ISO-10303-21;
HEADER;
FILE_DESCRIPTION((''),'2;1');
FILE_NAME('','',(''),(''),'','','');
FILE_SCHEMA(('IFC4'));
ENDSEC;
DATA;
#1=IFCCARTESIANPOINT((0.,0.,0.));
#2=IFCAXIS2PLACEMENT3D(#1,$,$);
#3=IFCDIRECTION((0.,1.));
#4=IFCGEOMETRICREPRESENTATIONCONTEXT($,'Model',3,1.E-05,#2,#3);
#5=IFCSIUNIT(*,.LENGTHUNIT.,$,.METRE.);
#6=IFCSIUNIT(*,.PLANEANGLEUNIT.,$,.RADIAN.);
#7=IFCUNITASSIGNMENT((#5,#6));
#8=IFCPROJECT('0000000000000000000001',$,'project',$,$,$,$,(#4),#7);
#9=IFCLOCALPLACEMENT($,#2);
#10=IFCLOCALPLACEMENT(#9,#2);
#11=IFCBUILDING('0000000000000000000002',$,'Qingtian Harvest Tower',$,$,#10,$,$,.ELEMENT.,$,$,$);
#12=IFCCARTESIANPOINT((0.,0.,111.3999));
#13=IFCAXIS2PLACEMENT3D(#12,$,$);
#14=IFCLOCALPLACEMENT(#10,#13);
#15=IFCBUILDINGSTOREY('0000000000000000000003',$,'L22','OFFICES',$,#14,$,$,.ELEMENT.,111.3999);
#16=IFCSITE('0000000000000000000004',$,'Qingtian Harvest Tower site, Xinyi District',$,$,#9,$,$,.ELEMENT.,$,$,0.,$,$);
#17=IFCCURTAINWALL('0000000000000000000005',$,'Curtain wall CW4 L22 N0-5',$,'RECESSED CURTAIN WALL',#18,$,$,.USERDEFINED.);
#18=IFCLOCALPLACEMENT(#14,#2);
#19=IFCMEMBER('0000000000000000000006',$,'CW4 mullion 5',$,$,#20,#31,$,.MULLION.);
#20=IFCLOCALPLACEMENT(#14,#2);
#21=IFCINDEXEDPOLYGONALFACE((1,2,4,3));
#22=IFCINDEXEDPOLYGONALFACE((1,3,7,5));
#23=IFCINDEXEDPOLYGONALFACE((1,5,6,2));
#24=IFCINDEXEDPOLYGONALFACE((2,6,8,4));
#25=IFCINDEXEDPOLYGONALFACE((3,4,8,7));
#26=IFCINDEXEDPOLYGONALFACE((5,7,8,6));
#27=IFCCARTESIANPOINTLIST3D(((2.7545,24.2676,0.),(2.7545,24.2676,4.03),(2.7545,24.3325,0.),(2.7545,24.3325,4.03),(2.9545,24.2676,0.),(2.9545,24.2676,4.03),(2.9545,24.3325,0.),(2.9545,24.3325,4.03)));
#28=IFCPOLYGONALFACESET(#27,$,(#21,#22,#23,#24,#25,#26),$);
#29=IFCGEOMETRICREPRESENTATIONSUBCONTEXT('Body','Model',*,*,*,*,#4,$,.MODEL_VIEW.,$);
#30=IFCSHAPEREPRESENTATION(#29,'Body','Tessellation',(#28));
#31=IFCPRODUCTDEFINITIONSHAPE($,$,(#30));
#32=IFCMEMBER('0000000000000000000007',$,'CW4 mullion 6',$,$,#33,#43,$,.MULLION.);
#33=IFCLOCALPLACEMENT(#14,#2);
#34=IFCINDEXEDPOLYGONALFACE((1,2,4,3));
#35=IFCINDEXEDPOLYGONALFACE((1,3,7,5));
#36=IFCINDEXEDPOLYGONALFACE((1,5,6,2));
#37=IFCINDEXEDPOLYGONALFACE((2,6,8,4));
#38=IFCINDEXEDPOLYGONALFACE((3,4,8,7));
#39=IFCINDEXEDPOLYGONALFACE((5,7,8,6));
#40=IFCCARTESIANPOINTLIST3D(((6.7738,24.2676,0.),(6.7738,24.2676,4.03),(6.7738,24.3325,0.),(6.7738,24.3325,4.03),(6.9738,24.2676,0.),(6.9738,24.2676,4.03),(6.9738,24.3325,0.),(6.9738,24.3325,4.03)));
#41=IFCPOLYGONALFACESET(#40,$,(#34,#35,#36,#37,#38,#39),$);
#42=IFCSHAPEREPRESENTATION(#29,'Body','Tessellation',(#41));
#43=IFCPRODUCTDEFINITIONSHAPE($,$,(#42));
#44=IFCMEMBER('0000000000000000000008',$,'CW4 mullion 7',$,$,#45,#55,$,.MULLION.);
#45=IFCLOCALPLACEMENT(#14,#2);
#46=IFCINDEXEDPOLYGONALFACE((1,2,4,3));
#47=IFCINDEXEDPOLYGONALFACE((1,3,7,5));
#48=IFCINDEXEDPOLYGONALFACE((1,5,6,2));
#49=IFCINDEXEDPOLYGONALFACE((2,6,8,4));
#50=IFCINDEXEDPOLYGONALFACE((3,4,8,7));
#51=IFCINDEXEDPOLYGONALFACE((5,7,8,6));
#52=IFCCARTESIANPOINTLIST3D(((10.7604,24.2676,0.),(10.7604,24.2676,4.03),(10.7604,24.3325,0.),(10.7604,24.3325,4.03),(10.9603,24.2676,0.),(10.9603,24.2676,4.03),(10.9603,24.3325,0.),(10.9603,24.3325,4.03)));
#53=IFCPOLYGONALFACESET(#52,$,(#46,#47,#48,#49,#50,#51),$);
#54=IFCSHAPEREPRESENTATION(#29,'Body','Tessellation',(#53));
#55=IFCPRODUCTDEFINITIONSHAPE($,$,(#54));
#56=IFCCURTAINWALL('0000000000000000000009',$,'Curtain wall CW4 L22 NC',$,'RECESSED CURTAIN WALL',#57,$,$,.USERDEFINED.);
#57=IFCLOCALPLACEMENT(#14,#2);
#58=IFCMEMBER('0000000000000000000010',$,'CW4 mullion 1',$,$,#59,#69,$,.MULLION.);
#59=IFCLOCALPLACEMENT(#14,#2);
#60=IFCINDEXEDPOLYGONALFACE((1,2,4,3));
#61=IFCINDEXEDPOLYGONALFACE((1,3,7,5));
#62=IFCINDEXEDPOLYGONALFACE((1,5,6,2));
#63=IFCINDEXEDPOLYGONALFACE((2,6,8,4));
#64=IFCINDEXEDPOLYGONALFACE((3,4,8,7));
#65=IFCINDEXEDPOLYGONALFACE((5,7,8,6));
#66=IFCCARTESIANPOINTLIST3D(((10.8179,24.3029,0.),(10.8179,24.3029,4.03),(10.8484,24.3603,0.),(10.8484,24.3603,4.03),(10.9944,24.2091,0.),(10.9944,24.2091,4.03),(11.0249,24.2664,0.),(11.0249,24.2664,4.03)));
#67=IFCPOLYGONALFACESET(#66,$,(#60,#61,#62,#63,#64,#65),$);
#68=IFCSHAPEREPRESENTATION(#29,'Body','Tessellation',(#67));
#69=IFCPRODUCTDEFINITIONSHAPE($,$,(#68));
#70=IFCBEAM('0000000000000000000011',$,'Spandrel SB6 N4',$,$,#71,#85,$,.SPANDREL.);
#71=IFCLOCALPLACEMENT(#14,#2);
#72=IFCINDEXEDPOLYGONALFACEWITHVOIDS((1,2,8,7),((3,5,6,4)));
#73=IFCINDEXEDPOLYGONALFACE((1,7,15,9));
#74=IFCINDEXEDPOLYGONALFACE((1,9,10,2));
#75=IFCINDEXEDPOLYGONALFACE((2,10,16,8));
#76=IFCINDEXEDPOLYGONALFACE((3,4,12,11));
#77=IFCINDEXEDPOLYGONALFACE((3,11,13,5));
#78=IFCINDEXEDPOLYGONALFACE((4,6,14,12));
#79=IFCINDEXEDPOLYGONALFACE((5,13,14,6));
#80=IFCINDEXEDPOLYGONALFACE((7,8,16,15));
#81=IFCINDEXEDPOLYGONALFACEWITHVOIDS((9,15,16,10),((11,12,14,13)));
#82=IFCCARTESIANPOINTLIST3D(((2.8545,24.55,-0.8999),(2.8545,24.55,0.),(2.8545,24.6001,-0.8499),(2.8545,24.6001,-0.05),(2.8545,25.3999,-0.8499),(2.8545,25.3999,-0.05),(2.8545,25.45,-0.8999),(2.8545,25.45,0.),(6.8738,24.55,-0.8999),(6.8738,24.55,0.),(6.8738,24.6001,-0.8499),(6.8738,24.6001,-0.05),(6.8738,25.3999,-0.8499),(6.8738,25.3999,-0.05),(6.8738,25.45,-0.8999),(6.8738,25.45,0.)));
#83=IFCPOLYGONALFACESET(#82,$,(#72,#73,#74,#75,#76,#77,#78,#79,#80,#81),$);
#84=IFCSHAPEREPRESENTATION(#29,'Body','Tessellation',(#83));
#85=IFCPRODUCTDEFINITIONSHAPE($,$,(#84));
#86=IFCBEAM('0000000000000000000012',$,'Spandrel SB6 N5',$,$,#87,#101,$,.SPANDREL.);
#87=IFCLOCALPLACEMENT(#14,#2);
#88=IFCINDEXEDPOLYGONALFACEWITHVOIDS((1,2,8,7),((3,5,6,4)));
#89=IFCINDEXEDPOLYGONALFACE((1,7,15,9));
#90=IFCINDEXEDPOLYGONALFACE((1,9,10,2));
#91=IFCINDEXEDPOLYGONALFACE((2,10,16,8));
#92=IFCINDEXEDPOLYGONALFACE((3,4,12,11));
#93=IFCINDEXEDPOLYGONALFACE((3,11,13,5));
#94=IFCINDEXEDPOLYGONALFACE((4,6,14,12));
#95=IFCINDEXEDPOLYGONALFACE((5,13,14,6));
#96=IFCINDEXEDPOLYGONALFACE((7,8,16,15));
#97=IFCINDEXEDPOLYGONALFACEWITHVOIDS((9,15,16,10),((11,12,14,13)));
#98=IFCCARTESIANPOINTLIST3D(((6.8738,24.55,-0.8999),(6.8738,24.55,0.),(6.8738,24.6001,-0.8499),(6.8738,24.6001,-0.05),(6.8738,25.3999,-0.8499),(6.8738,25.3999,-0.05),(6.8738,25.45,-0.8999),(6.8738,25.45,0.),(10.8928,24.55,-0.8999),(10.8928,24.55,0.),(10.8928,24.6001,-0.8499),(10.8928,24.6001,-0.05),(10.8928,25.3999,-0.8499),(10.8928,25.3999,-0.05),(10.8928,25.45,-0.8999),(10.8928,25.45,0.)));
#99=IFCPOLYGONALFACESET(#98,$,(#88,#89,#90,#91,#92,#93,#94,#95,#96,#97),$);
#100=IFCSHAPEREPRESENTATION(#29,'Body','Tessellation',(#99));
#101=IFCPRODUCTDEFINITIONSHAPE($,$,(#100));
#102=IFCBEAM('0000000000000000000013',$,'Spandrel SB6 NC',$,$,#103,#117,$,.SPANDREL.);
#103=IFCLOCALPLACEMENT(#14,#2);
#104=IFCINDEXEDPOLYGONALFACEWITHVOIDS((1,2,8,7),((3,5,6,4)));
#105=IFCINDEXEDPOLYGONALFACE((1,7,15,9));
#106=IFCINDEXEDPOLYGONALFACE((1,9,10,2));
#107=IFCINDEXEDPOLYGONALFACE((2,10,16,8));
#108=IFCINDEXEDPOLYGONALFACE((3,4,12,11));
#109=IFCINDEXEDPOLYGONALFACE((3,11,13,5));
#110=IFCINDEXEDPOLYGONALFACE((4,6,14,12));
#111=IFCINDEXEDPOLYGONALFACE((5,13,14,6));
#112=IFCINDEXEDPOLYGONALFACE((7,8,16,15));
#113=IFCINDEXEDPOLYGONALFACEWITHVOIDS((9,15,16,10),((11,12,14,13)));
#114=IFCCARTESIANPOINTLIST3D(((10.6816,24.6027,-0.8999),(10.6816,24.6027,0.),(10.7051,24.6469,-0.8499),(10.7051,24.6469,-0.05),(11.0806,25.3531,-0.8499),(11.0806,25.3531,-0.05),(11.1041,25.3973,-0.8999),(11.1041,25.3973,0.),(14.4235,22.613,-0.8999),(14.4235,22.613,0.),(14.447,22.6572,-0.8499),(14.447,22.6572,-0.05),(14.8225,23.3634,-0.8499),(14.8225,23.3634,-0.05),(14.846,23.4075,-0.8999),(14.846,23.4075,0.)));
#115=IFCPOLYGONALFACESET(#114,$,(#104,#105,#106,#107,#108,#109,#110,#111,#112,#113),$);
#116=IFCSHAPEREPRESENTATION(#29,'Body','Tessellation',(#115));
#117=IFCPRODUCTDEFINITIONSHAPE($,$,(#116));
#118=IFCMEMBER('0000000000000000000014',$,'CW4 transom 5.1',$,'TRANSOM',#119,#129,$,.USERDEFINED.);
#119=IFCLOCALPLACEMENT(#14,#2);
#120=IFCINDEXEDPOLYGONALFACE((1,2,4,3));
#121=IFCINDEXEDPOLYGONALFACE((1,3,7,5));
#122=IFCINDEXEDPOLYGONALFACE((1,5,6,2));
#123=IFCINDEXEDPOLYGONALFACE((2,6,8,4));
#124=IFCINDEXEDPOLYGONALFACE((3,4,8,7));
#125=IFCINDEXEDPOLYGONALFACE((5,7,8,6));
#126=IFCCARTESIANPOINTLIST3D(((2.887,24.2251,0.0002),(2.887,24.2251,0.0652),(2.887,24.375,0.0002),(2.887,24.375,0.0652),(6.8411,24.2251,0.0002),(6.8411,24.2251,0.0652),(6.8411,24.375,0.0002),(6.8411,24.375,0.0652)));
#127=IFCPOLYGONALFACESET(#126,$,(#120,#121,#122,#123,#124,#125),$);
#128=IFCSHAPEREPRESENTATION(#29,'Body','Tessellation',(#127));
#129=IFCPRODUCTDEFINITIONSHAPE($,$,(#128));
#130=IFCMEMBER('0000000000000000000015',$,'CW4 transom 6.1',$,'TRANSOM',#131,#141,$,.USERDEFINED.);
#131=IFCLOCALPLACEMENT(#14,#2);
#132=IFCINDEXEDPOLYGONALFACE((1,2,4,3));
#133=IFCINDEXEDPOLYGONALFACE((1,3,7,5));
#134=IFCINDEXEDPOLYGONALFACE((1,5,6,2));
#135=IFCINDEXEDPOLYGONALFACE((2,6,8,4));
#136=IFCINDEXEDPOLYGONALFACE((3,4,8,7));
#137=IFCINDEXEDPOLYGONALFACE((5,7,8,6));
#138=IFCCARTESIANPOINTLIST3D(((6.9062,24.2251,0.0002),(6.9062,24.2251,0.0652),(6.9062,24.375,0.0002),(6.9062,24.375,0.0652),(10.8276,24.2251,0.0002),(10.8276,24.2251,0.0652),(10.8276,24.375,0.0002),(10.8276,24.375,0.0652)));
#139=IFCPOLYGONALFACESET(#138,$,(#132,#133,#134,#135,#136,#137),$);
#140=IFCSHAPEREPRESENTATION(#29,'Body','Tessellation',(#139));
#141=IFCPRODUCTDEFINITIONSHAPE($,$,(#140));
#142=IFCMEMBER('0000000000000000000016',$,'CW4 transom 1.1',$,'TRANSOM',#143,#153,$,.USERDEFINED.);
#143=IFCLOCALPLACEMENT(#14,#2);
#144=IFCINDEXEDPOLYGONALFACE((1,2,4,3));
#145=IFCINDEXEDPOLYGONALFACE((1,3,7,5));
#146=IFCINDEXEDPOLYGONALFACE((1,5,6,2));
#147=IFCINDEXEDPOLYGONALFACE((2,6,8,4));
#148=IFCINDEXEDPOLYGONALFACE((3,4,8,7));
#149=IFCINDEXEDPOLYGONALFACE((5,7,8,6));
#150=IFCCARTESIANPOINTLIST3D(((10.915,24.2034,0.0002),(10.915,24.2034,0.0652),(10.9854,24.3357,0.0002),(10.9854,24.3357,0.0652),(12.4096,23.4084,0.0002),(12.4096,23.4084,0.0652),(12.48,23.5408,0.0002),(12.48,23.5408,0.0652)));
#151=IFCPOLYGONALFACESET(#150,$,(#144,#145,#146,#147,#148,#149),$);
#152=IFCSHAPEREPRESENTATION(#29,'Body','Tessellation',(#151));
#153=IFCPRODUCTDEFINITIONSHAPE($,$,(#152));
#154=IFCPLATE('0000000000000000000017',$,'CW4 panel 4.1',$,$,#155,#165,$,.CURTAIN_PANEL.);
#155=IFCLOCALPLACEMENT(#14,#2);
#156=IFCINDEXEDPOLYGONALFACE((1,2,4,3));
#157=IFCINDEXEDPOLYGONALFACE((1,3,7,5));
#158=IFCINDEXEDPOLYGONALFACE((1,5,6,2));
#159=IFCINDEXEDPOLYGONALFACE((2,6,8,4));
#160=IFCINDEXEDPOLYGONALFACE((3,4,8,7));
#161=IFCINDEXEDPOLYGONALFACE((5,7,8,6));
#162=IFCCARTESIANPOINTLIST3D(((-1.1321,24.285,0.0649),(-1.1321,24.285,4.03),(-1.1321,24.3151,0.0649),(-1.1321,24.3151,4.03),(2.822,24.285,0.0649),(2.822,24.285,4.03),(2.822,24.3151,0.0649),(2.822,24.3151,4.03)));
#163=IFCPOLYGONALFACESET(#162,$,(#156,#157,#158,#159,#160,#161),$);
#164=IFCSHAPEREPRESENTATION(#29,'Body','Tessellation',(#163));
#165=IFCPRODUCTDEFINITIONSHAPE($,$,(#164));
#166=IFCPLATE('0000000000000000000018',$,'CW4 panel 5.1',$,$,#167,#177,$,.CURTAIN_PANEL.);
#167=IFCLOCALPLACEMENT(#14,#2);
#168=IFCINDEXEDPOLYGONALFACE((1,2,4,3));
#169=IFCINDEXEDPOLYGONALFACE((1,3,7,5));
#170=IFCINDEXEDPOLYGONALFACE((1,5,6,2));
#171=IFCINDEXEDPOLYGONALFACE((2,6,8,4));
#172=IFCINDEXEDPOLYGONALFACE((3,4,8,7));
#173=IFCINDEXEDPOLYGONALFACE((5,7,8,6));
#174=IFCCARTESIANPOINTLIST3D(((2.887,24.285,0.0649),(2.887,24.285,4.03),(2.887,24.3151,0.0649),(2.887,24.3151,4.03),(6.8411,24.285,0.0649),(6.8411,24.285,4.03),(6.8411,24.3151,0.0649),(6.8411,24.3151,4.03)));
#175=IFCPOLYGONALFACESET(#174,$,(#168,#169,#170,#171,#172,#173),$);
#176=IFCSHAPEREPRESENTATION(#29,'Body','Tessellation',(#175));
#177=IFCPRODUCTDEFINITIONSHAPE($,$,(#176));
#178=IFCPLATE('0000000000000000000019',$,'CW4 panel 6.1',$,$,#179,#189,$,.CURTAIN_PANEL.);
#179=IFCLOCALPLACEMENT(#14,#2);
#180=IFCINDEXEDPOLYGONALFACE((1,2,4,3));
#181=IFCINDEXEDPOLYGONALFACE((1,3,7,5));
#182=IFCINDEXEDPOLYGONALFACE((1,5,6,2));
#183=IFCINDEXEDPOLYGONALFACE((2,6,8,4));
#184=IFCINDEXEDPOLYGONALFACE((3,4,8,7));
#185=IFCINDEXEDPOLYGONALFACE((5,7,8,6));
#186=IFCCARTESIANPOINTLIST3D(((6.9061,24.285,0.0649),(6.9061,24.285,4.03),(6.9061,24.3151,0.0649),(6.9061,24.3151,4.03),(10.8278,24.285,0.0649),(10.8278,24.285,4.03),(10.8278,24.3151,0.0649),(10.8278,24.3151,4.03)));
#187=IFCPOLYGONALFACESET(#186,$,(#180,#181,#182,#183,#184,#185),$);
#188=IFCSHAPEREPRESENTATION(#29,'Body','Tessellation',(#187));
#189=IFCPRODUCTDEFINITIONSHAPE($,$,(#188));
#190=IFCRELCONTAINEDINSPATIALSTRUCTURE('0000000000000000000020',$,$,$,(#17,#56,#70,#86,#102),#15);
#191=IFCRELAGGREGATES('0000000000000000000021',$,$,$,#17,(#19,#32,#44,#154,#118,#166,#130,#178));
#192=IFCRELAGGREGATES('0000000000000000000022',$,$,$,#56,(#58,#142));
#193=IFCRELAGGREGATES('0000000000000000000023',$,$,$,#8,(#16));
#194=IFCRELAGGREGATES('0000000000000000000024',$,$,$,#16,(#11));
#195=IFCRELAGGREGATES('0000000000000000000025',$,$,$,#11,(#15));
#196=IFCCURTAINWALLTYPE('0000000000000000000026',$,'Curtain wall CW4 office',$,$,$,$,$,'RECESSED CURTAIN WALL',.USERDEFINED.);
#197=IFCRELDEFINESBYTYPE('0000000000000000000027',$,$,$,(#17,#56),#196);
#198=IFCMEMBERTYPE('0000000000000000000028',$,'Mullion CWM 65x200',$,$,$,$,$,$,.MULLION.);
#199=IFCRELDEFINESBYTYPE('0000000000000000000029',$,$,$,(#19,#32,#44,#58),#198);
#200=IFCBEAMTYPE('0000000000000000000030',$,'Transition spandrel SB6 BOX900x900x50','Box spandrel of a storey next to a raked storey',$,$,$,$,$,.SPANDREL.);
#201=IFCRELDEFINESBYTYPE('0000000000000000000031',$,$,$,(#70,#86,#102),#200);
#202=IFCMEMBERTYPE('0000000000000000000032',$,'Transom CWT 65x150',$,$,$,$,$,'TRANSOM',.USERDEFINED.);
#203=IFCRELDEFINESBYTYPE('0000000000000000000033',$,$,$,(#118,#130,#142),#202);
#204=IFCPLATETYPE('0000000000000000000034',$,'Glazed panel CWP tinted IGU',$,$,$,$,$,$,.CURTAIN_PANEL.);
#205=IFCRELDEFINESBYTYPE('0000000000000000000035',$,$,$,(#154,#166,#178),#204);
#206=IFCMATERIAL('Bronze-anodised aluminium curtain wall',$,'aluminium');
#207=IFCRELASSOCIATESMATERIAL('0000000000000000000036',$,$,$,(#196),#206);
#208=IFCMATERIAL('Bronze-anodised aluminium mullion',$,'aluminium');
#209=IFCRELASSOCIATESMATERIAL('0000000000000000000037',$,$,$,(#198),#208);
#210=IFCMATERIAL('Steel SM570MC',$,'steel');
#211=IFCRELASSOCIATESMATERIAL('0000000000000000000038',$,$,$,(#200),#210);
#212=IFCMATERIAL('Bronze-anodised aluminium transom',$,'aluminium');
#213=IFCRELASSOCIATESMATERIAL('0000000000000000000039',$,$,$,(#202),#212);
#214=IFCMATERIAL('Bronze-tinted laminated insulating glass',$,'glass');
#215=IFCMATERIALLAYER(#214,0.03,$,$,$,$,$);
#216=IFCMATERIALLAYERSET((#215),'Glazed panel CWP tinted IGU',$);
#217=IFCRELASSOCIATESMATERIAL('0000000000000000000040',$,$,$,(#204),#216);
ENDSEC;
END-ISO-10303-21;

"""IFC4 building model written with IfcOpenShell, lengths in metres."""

from ifc_helpers import new_model, si_unit, direction, frame, origin, origin_2d, place, context, subcontext, project, spatial, rectangle, hollow_rectangle, extrude, material, layer, layer_set, material_profile, profile_set, type_object, element, aggregate, save


model = new_model("IFC4")

# Units and contexts
model_context = context("Model", 3, precision=1e-05, world=origin(), true_north=direction((0.0, 1.0)))
body_context = subcontext(model_context, "Body", "Model", "MODEL_VIEW")
ifc_project = project(units=[si_unit("LENGTHUNIT", "METRE"), si_unit("PLANEANGLEUNIT", "RADIAN")], contexts=[model_context])

# Site, building, storey
site_placement = place(None, origin())
site = spatial("IfcSite", under=ifc_project, at=site_placement, Name="Qingtian Harvest Tower site, Xinyi District", CompositionType="ELEMENT", RefElevation=0.0)
building_placement = place(site_placement, origin())
building = spatial("IfcBuilding", under=site, at=building_placement, Name="Qingtian Harvest Tower", CompositionType="ELEMENT")
storey_placement = place(building_placement, frame((0.0, 0.0, 111.3999)))
storey = spatial("IfcBuildingStorey", under=building, at=storey_placement, Name="L22", Description="OFFICES", CompositionType="ELEMENT", Elevation=111.3999)

# Curtain wall, members
ifc_material_1 = material(Name="Bronze-anodised aluminium curtain wall", Category="aluminium")
curtain_wall_type = type_object("IfcCurtainWallType", Name="Curtain wall CW4 office", ElementType="RECESSED CURTAIN WALL", PredefinedType="USERDEFINED", material=ifc_material_1)
curtain_wall_1_placement = place(storey_placement, origin())
curtain_wall_1 = element("IfcCurtainWall", 1, at=curtain_wall_1_placement, inside=storey, type_object=curtain_wall_type, Name="Curtain wall CW4 L22 N0-5", ObjectType="RECESSED CURTAIN WALL", PredefinedType="USERDEFINED")
ifc_material_2 = material(Name="Bronze-anodised aluminium mullion", Category="aluminium")
ifc_material_profile_1 = material_profile(ifc_material_2, rectangle(XDim=0.0649, YDim=0.2, at=origin_2d()), Name="AL 65x200")
ifc_profile_set_1 = profile_set([ifc_material_profile_1], Name="Bronze-anodised aluminium mullion")
member_type_1 = type_object("IfcMemberType", Name="Mullion CWM 65x200", PredefinedType="MULLION", material=ifc_profile_set_1)
member_1_placement = place(storey_placement, frame((2.8545, 24.3, 0.0), z_axis=(0.0, 0.0, 1.0), x_axis=(0.0, 1.0, 0.0)))
member_1 = element("IfcMember", 2, at=member_1_placement, type_object=member_type_1, Name="CW4 mullion 5", PredefinedType="MULLION", context=body_context, shape_type="SweptSolid", body=[
    extrude(rectangle(XDim=0.0649, YDim=0.2, at=origin_2d()), origin(), (0.0, 0.0, 1.0), 4.03),
])
member_2_placement = place(storey_placement, frame((6.8738, 24.3, 0.0), z_axis=(0.0, 0.0, 1.0), x_axis=(0.0, 1.0, 0.0)))
member_2 = element("IfcMember", 3, at=member_2_placement, type_object=member_type_1, Name="CW4 mullion 6", PredefinedType="MULLION", context=body_context, shape_type="SweptSolid", body=[
    extrude(rectangle(XDim=0.0649, YDim=0.2, at=origin_2d()), origin(), (0.0, 0.0, 1.0), 4.03),
])
member_3_placement = place(storey_placement, frame((10.8604, 24.3, 0.0), z_axis=(0.0, 0.0, 1.0), x_axis=(0.0, 1.0, 0.0)))
member_3 = element("IfcMember", 4, at=member_3_placement, type_object=member_type_1, Name="CW4 mullion 7", PredefinedType="MULLION", context=body_context, shape_type="SweptSolid", body=[
    extrude(rectangle(XDim=0.0649, YDim=0.2, at=origin_2d()), origin(), (0.0, 0.0, 1.0), 4.03),
])

# Curtain wall, member
curtain_wall_2_placement = place(storey_placement, origin())
curtain_wall_2 = element("IfcCurtainWall", 5, at=curtain_wall_2_placement, inside=storey, type_object=curtain_wall_type, Name="Curtain wall CW4 L22 NC", ObjectType="RECESSED CURTAIN WALL", PredefinedType="USERDEFINED")
member_4_placement = place(storey_placement, frame((10.9214, 24.2847, 0.0), z_axis=(0.0, 0.0, 1.0), x_axis=(0.469472, 0.882948, 0.0)))
member_4 = element("IfcMember", 6, at=member_4_placement, type_object=member_type_1, Name="CW4 mullion 1", PredefinedType="MULLION", context=body_context, shape_type="SweptSolid", body=[
    extrude(rectangle(XDim=0.0649, YDim=0.2, at=origin_2d()), origin(), (0.0, 0.0, 1.0), 4.03),
])

# Beams
ifc_material_3 = material(Name="Steel SM570MC", Category="steel")
ifc_material_profile_2 = material_profile(ifc_material_3, hollow_rectangle(XDim=0.8999, YDim=0.8999, WallThickness=0.05, at=origin_2d()), Name="BOX900x900x50")
ifc_profile_set_2 = profile_set([ifc_material_profile_2], Name="Steel SM570MC")
beam_type_1 = type_object("IfcBeamType", Name="Transition spandrel SB6 BOX900x900x50", Description="Box spandrel of a storey next to a raked storey", PredefinedType="SPANDREL", material=ifc_profile_set_2)
beam_1_placement = place(storey_placement, frame((2.8545, 25.0, -0.45), z_axis=(1.0, 0.0, 0.0), x_axis=(0.0, 1.0, 0.0)))
element("IfcBeam", 7, at=beam_1_placement, inside=storey, type_object=beam_type_1, Name="Spandrel SB6 N4", PredefinedType="SPANDREL", context=body_context, shape_type="SweptSolid", body=[
    extrude(hollow_rectangle(XDim=0.8999, YDim=0.8999, WallThickness=0.05, at=origin_2d()), origin(), (0.0, 0.0, 1.0), 4.0193),
])
beam_2_placement = place(storey_placement, frame((6.8738, 25.0, -0.45), z_axis=(1.0, 0.0, 0.0), x_axis=(0.0, 1.0, 0.0)))
element("IfcBeam", 8, at=beam_2_placement, inside=storey, type_object=beam_type_1, Name="Spandrel SB6 N5", PredefinedType="SPANDREL", context=body_context, shape_type="SweptSolid", body=[
    extrude(hollow_rectangle(XDim=0.8999, YDim=0.8999, WallThickness=0.05, at=origin_2d()), origin(), (0.0, 0.0, 1.0), 4.019),
])
beam_3_placement = place(storey_placement, frame((10.8928, 25.0, -0.45), z_axis=(0.882936, -0.469494, 0.0), x_axis=(0.469494, 0.882936, 0.0)))
element("IfcBeam", 9, at=beam_3_placement, inside=storey, type_object=beam_type_1, Name="Spandrel SB6 NC", PredefinedType="SPANDREL", context=body_context, shape_type="SweptSolid", body=[
    extrude(hollow_rectangle(XDim=0.8999, YDim=0.8999, WallThickness=0.05, at=origin_2d()), origin(), (0.0, 0.0, 1.0), 4.238),
])

# Members
ifc_material_4 = material(Name="Bronze-anodised aluminium transom", Category="aluminium")
ifc_material_profile_3 = material_profile(ifc_material_4, rectangle(XDim=0.1499, YDim=0.0649, at=origin_2d()), Name="AL 65x150")
ifc_profile_set_3 = profile_set([ifc_material_profile_3], Name="Bronze-anodised aluminium transom")
member_type_2 = type_object("IfcMemberType", Name="Transom CWT 65x150", ElementType="TRANSOM", PredefinedType="USERDEFINED", material=ifc_profile_set_3)
member_5_placement = place(storey_placement, frame((2.887, 24.3, 0.0327), z_axis=(1.0, 0.0, 0.0), x_axis=(0.0, 1.0, 0.0)))
member_5 = element("IfcMember", 10, at=member_5_placement, type_object=member_type_2, Name="CW4 transom 5.1", ObjectType="TRANSOM", PredefinedType="USERDEFINED", context=body_context, shape_type="SweptSolid", body=[
    extrude(rectangle(XDim=0.1499, YDim=0.0649, at=origin_2d()), origin(), (0.0, 0.0, 1.0), 3.9541),
])
member_6_placement = place(storey_placement, frame((6.9062, 24.3, 0.0327), z_axis=(1.0, 0.0, 0.0), x_axis=(0.0, 1.0, 0.0)))
member_6 = element("IfcMember", 11, at=member_6_placement, type_object=member_type_2, Name="CW4 transom 6.1", ObjectType="TRANSOM", PredefinedType="USERDEFINED", context=body_context, shape_type="SweptSolid", body=[
    extrude(rectangle(XDim=0.1499, YDim=0.0649, at=origin_2d()), origin(), (0.0, 0.0, 1.0), 3.9214),
])
member_7_placement = place(storey_placement, frame((10.9502, 24.2695, 0.0327), z_axis=(0.882895, -0.46957, 0.0), x_axis=(0.46957, 0.882895, 0.0)))
member_7 = element("IfcMember", 12, at=member_7_placement, type_object=member_type_2, Name="CW4 transom 1.1", ObjectType="TRANSOM", PredefinedType="USERDEFINED", context=body_context, shape_type="SweptSolid", body=[
    extrude(rectangle(XDim=0.1499, YDim=0.0649, at=origin_2d()), origin(), (0.0, 0.0, 1.0), 1.6929),
])

# Plates
ifc_material_5 = material(Name="Bronze-tinted laminated insulating glass", Category="glass")
ifc_layer_1 = layer(ifc_material_5, 0.03)
ifc_layer_set_1 = layer_set([ifc_layer_1], Name="Glazed panel CWP tinted IGU")
plate_type = type_object("IfcPlateType", Name="Glazed panel CWP tinted IGU", PredefinedType="CURTAIN_PANEL", material=ifc_layer_set_1)
plate_1_placement = place(storey_placement, frame((0.845, 24.3, 0.0649), z_axis=(0.0, 0.0, 1.0), x_axis=(1.0, 0.0, 0.0)))
plate_1 = element("IfcPlate", 13, at=plate_1_placement, type_object=plate_type, Name="CW4 panel 4.1", PredefinedType="CURTAIN_PANEL", context=body_context, shape_type="SweptSolid", body=[
    extrude(rectangle(XDim=3.9541, YDim=0.03, at=origin_2d()), origin(), (0.0, 0.0, 1.0), 3.9651),
])
plate_2_placement = place(storey_placement, frame((4.864, 24.3, 0.0649), z_axis=(0.0, 0.0, 1.0), x_axis=(1.0, 0.0, 0.0)))
plate_2 = element("IfcPlate", 14, at=plate_2_placement, type_object=plate_type, Name="CW4 panel 5.1", PredefinedType="CURTAIN_PANEL", context=body_context, shape_type="SweptSolid", body=[
    extrude(rectangle(XDim=3.9541, YDim=0.03, at=origin_2d()), origin(), (0.0, 0.0, 1.0), 3.9651),
])
plate_3_placement = place(storey_placement, frame((8.8669, 24.3, 0.0649), z_axis=(0.0, 0.0, 1.0), x_axis=(1.0, 0.0, 0.0)))
plate_3 = element("IfcPlate", 15, at=plate_3_placement, type_object=plate_type, Name="CW4 panel 6.1", PredefinedType="CURTAIN_PANEL", context=body_context, shape_type="SweptSolid", body=[
    extrude(rectangle(XDim=3.9216, YDim=0.03, at=origin_2d()), origin(), (0.0, 0.0, 1.0), 3.9651),
])
aggregate(curtain_wall_1, [member_1, member_2, member_3, plate_1, member_5, plate_2, member_6, plate_3])
aggregate(curtain_wall_2, [member_4, member_7])

save(model, "model.ifc")
